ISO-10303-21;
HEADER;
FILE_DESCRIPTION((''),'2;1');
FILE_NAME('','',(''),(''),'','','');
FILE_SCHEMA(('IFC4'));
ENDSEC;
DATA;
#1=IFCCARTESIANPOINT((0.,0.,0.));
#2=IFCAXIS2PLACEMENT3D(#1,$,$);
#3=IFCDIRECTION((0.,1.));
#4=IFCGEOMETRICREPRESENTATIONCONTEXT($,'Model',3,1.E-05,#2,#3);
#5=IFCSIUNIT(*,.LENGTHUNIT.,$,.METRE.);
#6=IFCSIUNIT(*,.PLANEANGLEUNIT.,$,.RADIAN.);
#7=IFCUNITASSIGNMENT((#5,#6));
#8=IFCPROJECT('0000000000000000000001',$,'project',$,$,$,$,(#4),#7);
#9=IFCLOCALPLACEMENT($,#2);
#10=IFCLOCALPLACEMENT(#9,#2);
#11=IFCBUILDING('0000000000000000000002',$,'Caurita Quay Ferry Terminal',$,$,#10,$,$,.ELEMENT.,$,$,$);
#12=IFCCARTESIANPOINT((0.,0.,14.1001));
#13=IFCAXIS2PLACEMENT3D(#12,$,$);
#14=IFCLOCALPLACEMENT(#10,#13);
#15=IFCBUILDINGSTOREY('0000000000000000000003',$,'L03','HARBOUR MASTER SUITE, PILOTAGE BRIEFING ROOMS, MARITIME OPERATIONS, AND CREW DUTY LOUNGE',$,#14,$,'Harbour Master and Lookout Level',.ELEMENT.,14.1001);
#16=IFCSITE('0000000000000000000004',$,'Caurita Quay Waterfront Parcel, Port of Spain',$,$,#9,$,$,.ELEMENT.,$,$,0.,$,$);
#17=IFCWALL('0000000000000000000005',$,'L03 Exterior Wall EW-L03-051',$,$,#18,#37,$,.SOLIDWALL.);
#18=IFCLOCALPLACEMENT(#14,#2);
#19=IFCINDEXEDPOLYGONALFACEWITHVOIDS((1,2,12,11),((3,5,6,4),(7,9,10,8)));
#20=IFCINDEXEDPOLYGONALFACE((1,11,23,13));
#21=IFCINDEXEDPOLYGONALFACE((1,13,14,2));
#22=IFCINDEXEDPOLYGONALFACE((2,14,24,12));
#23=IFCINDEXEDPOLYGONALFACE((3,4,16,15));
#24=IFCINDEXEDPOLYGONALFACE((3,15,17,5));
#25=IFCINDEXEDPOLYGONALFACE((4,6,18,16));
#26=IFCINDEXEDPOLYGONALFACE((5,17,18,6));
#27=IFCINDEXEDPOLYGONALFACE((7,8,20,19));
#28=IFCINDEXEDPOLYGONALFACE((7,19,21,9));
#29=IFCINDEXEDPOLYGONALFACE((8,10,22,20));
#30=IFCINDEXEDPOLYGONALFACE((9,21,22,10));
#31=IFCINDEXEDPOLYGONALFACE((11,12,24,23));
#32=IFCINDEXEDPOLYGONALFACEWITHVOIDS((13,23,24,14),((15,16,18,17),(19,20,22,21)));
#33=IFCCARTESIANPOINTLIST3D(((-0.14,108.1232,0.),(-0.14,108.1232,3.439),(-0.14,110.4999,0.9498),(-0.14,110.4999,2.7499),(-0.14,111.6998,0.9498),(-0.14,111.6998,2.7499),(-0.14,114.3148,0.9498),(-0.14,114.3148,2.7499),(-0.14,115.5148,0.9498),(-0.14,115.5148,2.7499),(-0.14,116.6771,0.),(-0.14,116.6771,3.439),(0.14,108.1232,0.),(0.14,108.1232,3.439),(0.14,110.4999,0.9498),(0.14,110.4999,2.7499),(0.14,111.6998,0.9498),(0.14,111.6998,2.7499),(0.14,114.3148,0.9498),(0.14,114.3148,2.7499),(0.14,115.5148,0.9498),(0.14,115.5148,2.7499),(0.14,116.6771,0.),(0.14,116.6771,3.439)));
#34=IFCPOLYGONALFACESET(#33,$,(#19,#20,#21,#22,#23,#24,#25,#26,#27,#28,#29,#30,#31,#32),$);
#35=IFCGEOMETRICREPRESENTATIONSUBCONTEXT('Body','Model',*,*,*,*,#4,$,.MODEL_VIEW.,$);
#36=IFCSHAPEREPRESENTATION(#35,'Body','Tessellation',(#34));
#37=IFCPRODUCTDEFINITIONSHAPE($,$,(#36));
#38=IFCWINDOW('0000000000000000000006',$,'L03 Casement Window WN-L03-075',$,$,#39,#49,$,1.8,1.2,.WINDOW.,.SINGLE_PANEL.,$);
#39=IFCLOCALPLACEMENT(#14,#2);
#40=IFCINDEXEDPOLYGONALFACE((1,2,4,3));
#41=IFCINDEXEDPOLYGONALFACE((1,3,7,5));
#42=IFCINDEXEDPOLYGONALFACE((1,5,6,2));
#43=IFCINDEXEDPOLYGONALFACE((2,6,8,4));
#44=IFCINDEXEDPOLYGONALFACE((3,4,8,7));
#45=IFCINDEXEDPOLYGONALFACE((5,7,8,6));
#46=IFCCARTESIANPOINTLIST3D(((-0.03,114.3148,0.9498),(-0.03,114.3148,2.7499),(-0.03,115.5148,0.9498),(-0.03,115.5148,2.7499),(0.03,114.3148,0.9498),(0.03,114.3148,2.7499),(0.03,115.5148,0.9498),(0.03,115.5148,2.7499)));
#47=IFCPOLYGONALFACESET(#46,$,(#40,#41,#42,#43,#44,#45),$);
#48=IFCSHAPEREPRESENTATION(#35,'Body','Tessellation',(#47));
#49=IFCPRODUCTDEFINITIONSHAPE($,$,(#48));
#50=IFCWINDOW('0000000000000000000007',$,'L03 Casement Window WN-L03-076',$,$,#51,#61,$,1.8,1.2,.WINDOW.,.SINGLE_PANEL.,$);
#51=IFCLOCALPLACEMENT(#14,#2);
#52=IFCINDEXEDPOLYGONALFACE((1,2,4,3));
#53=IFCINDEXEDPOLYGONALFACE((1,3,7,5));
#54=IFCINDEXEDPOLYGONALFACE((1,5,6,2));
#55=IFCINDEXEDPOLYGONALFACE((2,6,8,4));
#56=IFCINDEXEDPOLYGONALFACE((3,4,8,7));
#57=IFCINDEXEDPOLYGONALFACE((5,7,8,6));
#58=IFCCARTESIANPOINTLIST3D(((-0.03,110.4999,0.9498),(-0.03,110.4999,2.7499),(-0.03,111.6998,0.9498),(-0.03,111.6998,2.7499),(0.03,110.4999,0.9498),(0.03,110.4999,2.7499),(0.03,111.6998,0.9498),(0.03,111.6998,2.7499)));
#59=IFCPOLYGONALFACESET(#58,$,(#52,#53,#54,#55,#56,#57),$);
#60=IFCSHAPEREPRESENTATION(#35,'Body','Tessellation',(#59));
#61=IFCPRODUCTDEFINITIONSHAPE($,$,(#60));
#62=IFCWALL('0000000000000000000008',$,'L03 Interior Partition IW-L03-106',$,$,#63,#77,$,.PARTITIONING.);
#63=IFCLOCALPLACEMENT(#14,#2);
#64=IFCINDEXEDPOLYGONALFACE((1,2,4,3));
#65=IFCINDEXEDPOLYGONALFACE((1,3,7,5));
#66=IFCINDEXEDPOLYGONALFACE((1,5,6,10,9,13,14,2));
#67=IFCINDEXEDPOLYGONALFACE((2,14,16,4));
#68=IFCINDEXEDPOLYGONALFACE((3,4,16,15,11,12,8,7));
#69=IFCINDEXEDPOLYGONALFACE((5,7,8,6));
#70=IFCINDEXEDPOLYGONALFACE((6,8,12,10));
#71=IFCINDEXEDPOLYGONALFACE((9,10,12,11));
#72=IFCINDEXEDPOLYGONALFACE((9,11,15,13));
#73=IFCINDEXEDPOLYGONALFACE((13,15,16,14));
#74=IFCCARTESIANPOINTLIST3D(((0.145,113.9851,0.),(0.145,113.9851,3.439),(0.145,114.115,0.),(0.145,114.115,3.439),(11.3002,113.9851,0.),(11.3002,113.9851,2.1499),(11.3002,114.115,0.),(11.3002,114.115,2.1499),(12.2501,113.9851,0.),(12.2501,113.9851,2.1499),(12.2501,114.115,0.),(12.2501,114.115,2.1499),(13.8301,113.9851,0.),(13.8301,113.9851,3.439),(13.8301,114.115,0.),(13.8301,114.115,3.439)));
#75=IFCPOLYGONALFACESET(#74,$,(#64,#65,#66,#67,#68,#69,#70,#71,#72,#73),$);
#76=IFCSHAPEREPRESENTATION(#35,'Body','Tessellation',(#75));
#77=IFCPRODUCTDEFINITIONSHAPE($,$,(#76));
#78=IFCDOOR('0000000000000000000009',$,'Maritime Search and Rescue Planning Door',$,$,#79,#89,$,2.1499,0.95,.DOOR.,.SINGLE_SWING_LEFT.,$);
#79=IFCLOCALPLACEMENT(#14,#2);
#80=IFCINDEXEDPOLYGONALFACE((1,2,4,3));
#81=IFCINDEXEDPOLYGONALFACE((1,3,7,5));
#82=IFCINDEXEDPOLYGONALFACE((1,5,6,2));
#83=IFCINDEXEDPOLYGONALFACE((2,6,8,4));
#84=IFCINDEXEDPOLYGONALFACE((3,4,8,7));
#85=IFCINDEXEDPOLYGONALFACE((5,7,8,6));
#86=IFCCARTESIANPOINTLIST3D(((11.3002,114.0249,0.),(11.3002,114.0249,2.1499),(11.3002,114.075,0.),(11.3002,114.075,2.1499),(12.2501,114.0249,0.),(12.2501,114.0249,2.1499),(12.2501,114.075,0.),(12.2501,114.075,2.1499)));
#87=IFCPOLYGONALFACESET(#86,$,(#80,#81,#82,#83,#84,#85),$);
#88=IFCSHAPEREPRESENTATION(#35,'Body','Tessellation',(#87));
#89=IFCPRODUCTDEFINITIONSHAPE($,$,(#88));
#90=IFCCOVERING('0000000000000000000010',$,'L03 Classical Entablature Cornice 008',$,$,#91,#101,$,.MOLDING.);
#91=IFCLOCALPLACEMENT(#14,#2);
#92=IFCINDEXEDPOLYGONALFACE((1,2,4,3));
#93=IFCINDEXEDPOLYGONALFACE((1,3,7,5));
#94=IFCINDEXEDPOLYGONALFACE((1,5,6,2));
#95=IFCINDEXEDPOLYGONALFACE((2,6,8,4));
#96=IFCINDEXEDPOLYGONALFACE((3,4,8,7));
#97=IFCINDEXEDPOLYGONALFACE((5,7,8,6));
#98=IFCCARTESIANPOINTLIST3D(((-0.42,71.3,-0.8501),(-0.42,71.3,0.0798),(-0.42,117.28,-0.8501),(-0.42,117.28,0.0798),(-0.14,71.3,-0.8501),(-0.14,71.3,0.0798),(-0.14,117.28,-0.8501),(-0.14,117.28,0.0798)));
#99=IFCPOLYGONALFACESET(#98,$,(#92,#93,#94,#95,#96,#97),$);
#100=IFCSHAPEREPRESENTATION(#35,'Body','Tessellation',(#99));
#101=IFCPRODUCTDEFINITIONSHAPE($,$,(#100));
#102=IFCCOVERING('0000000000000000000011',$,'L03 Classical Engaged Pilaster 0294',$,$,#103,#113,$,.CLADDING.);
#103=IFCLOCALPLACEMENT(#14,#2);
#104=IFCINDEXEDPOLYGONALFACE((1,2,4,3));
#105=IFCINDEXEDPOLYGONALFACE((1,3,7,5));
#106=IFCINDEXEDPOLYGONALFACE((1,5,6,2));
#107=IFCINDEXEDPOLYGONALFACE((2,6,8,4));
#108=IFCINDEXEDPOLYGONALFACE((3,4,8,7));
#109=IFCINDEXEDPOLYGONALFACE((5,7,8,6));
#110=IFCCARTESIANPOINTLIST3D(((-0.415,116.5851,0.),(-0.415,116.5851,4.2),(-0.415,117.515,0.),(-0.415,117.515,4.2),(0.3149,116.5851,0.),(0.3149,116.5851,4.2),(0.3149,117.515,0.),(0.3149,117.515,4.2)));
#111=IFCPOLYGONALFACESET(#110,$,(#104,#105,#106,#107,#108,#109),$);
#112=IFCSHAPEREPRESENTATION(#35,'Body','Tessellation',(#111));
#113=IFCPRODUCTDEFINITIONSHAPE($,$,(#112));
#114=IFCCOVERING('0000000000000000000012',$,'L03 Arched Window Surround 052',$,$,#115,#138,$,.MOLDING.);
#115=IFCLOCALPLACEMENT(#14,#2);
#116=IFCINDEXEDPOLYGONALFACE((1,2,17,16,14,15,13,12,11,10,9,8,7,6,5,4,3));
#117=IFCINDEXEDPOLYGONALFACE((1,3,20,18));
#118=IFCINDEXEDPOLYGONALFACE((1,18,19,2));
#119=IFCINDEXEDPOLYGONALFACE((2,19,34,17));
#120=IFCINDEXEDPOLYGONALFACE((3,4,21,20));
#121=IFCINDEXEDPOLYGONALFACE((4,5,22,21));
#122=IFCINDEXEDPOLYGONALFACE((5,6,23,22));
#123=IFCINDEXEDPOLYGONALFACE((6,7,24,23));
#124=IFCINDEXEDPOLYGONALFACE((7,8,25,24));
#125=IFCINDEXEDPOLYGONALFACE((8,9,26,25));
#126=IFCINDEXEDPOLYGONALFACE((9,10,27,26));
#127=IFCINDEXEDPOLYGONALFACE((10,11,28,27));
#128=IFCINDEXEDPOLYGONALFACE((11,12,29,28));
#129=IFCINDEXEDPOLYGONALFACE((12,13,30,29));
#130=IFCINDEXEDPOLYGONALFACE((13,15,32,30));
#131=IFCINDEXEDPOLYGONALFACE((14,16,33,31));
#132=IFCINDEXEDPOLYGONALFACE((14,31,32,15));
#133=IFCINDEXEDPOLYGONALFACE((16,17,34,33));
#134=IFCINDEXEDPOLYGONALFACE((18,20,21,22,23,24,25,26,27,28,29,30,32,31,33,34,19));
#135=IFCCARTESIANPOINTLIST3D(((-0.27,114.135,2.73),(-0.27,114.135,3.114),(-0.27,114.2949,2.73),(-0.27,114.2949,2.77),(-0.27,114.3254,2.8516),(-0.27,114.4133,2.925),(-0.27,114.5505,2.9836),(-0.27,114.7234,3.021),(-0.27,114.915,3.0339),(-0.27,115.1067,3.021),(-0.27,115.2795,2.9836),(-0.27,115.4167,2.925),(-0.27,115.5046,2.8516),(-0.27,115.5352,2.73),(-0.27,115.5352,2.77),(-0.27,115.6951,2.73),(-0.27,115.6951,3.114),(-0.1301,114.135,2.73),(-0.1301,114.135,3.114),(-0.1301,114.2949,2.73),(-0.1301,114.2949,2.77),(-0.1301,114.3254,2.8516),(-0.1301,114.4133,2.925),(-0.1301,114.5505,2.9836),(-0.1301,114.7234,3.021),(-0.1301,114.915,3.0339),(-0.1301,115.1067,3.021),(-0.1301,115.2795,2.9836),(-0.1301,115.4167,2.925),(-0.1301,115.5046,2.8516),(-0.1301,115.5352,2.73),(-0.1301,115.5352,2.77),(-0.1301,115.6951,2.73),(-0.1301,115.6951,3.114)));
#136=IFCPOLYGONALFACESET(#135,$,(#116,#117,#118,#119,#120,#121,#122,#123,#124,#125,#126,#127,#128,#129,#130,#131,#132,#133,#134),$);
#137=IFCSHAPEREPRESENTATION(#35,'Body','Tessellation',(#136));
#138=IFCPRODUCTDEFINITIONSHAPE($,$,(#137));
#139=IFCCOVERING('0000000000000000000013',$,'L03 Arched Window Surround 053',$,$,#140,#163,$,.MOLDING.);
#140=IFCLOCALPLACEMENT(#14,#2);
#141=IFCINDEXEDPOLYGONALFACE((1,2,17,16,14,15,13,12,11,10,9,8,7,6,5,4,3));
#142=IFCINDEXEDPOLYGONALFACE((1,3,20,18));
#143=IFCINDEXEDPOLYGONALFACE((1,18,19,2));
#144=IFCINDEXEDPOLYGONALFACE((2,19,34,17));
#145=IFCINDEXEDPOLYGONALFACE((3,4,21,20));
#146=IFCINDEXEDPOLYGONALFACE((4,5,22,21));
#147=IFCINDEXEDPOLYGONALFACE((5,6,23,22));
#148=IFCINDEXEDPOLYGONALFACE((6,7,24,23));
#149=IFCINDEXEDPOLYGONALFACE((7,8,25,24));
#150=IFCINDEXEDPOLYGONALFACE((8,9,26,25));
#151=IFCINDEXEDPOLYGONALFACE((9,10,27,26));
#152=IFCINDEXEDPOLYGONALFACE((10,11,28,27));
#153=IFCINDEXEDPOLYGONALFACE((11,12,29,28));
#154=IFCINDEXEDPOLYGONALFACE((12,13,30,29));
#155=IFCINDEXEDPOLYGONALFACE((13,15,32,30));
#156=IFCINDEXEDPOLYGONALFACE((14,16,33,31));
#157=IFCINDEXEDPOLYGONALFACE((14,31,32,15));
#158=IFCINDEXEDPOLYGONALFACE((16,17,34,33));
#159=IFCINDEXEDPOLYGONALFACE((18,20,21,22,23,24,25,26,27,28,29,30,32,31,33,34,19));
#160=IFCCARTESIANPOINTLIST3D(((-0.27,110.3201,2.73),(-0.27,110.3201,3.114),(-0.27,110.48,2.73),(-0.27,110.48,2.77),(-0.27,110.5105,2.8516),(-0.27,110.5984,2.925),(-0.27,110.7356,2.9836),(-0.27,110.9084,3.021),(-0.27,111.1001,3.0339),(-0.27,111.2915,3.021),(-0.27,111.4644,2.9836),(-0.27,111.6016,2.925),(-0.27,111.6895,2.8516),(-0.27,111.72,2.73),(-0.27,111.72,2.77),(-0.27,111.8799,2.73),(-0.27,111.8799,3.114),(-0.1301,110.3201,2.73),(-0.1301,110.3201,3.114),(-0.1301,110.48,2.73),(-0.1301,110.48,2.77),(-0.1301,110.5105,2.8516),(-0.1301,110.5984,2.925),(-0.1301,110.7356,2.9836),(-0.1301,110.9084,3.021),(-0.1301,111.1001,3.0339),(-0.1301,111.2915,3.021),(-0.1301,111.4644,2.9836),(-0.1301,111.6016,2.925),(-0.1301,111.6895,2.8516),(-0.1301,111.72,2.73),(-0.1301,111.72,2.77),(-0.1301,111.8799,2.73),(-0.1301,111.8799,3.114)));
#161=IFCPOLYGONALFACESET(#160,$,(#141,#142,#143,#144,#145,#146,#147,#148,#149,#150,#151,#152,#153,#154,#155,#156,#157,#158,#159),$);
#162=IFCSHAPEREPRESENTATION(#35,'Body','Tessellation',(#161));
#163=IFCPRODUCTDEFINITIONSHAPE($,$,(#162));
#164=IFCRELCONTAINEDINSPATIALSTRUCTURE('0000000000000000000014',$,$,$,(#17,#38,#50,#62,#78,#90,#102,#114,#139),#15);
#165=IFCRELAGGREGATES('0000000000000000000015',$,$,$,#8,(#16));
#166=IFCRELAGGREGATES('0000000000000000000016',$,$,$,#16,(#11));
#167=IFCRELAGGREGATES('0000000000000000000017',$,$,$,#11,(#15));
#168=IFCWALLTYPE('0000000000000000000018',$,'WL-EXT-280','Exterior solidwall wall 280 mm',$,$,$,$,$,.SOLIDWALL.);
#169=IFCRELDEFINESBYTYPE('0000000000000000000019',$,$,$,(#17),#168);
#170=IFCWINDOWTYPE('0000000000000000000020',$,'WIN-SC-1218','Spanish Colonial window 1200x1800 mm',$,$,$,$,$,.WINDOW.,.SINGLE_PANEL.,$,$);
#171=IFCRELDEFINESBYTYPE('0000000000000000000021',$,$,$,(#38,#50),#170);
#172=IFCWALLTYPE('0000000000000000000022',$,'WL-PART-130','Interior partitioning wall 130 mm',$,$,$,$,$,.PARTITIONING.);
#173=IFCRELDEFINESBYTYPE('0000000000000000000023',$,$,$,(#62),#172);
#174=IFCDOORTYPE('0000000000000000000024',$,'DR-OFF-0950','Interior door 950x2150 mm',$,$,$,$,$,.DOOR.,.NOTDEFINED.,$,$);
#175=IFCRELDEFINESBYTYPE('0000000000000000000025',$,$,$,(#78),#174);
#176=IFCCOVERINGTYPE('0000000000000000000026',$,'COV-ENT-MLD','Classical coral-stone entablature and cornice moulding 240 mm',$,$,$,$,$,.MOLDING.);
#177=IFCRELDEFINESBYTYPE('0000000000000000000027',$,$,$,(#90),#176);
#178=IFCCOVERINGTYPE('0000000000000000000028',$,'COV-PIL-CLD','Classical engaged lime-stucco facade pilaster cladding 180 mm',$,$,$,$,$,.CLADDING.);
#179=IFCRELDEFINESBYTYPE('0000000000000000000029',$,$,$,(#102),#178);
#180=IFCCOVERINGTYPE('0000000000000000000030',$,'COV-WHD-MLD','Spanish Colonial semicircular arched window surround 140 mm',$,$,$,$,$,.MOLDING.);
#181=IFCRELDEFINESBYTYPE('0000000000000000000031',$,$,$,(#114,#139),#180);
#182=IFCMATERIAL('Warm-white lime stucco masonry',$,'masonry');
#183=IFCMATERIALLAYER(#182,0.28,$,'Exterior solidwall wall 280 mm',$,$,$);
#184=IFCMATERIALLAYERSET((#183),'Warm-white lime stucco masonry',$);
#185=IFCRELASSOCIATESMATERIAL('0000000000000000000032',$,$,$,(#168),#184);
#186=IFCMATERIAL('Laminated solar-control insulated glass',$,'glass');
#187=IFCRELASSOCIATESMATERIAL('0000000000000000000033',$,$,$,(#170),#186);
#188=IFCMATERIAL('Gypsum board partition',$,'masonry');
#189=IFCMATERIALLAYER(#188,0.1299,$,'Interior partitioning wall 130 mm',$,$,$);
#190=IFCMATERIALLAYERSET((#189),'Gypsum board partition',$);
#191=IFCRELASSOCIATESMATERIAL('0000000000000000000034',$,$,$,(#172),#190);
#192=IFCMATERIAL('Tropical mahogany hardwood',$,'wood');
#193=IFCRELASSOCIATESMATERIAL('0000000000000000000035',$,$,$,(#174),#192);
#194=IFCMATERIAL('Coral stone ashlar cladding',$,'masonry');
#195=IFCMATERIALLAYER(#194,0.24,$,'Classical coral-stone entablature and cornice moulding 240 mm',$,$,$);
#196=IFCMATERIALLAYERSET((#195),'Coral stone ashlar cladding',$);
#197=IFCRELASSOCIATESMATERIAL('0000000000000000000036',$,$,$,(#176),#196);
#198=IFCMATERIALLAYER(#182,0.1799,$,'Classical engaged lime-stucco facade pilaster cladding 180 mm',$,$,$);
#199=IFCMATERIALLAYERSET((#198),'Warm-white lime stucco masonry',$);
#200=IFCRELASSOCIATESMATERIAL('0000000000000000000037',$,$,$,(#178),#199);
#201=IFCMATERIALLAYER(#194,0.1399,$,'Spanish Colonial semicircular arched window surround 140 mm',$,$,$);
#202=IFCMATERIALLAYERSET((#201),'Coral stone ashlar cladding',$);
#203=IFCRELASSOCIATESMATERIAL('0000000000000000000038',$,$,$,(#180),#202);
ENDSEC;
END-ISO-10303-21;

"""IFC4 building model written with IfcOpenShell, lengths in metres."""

from ifc_helpers import new_model, si_unit, direction, frame, frame_2d, origin, origin_2d, place, context, subcontext, project, spatial, polyline, rectangle, outline, extrude, material, layer, layer_set, type_object, element, fill, save


model = new_model("IFC4")

# Units and contexts
model_context = context("Model", 3, precision=1e-05, world=origin(), true_north=direction((0.0, 1.0)))
body_context = subcontext(model_context, "Body", "Model", "MODEL_VIEW")
ifc_project = project(units=[si_unit("LENGTHUNIT", "METRE"), si_unit("PLANEANGLEUNIT", "RADIAN")], contexts=[model_context])

# Site, building, storey
site_placement = place(None, origin())
site = spatial("IfcSite", under=ifc_project, at=site_placement, Name="Caurita Quay Waterfront Parcel, Port of Spain", CompositionType="ELEMENT", RefElevation=0.0)
building_placement = place(site_placement, origin())
building = spatial("IfcBuilding", under=site, at=building_placement, Name="Caurita Quay Ferry Terminal", CompositionType="ELEMENT")
storey_placement = place(building_placement, frame((0.0, 0.0, 14.1001)))
storey = spatial("IfcBuildingStorey", under=building, at=storey_placement, Name="L03", Description="HARBOUR MASTER SUITE, PILOTAGE BRIEFING ROOMS, MARITIME OPERATIONS, AND CREW DUTY LOUNGE", LongName="Harbour Master and Lookout Level", CompositionType="ELEMENT", Elevation=14.1001)

# Wall, openings, windows
ifc_material_1 = material(Name="Warm-white lime stucco masonry", Category="masonry")
ifc_layer_1 = layer(ifc_material_1, 0.28, Name="Exterior solidwall wall 280 mm")
ifc_layer_set_1 = layer_set([ifc_layer_1], Name="Warm-white lime stucco masonry")
wall_type_1 = type_object("IfcWallType", Name="WL-EXT-280", Description="Exterior solidwall wall 280 mm", PredefinedType="SOLIDWALL", material=ifc_layer_set_1)
wall_1_placement = place(storey_placement, frame((0.0, 116.677, 0.0), z_axis=(0.0, 0.0, 1.0), x_axis=(0.0, -1.0, 0.0)))
wall_1 = element("IfcWall", 1, at=wall_1_placement, inside=storey, type_object=wall_type_1, Name="L03 Exterior Wall EW-L03-051", PredefinedType="SOLIDWALL", context=body_context, shape_type="SweptSolid", body=[
    extrude(rectangle(XDim=8.554, YDim=0.28, at=frame_2d((4.2769, 0.0))), origin(), (0.0, 0.0, 1.0), 3.439),
])
opening_1_placement = place(wall_1_placement, frame((1.1621, 0.0, 0.95)))
opening_1 = element("IfcOpeningElement", 2, at=opening_1_placement, cuts=wall_1, PredefinedType="OPENING", context=body_context, shape_type="SweptSolid", body=[
    extrude(rectangle(XDim=1.2, YDim=1.8, at=frame_2d((0.6001, 0.8999))), frame((0.0, 0.1499, 0.0), z_axis=(0.0, -1.0, 0.0), x_axis=(1.0, 0.0, 0.0)), (0.0, 0.0, 1.0), 0.3),
])
opening_2_placement = place(wall_1_placement, frame((4.9771, 0.0, 0.95)))
opening_2 = element("IfcOpeningElement", 3, at=opening_2_placement, cuts=wall_1, PredefinedType="OPENING", context=body_context, shape_type="SweptSolid", body=[
    extrude(rectangle(XDim=1.2, YDim=1.8, at=frame_2d((0.6001, 0.8999))), frame((0.0, 0.1499, 0.0), z_axis=(0.0, -1.0, 0.0), x_axis=(1.0, 0.0, 0.0)), (0.0, 0.0, 1.0), 0.3),
])
ifc_material_2 = material(Name="Laminated solar-control insulated glass", Category="glass")
window_type = type_object("IfcWindowType", Name="WIN-SC-1218", Description="Spanish Colonial window 1200x1800 mm", PartitioningType="SINGLE_PANEL", PredefinedType="WINDOW", material=ifc_material_2)
window_1_placement = place(opening_1_placement, origin())
window_1 = element("IfcWindow", 4, at=window_1_placement, inside=storey, type_object=window_type, Name="L03 Casement Window WN-L03-075", OverallHeight=1.8, OverallWidth=1.2, PartitioningType="SINGLE_PANEL", PredefinedType="WINDOW", context=body_context, shape_type="SweptSolid", body=[
    extrude(rectangle(XDim=1.2, YDim=1.8, at=frame_2d((0.6001, 0.8999))), frame((0.0, 0.03, 0.0), z_axis=(0.0, -1.0, 0.0), x_axis=(1.0, 0.0, 0.0)), (0.0, 0.0, 1.0), 0.0601),
])
fill(opening_1, window_1)
window_2_placement = place(opening_2_placement, origin())
window_2 = element("IfcWindow", 5, at=window_2_placement, inside=storey, type_object=window_type, Name="L03 Casement Window WN-L03-076", OverallHeight=1.8, OverallWidth=1.2, PartitioningType="SINGLE_PANEL", PredefinedType="WINDOW", context=body_context, shape_type="SweptSolid", body=[
    extrude(rectangle(XDim=1.2, YDim=1.8, at=frame_2d((0.6001, 0.8999))), frame((0.0, 0.03, 0.0), z_axis=(0.0, -1.0, 0.0), x_axis=(1.0, 0.0, 0.0)), (0.0, 0.0, 1.0), 0.0601),
])
fill(opening_2, window_2)

# Wall, opening, door
ifc_material_3 = material(Name="Gypsum board partition", Category="masonry")
ifc_layer_2 = layer(ifc_material_3, 0.1299, Name="Interior partitioning wall 130 mm")
ifc_layer_set_2 = layer_set([ifc_layer_2], Name="Gypsum board partition")
wall_type_2 = type_object("IfcWallType", Name="WL-PART-130", Description="Interior partitioning wall 130 mm", PredefinedType="PARTITIONING", material=ifc_layer_set_2)
wall_2_placement = place(storey_placement, frame((0.145, 114.05, 0.0), z_axis=(0.0, 0.0, 1.0), x_axis=(1.0, 0.0, 0.0)))
wall_2 = element("IfcWall", 6, at=wall_2_placement, inside=storey, type_object=wall_type_2, Name="L03 Interior Partition IW-L03-106", PredefinedType="PARTITIONING", context=body_context, shape_type="SweptSolid", body=[
    extrude(rectangle(XDim=13.6851, YDim=0.1299, at=frame_2d((6.8425, 0.0))), origin(), (0.0, 0.0, 1.0), 3.439),
])
opening_3_placement = place(wall_2_placement, frame((11.155, 0.0, 0.0)))
opening_3 = element("IfcOpeningElement", 7, at=opening_3_placement, cuts=wall_2, PredefinedType="OPENING", context=body_context, shape_type="SweptSolid", body=[
    extrude(rectangle(XDim=0.95, YDim=2.1499, at=frame_2d((0.4751, 1.075))), frame((0.0, 0.075, 0.0), z_axis=(0.0, -1.0, 0.0), x_axis=(1.0, 0.0, 0.0)), (0.0, 0.0, 1.0), 0.1499),
])
ifc_material_4 = material(Name="Tropical mahogany hardwood", Category="wood")
door_type_1 = type_object("IfcDoorType", Name="DR-OFF-0950", Description="Interior door 950x2150 mm", OperationType="NOTDEFINED", PredefinedType="DOOR", material=ifc_material_4)
door_1_placement = place(opening_3_placement, origin())
door_1 = element("IfcDoor", 8, at=door_1_placement, inside=storey, type_object=door_type_1, Name="Maritime Search and Rescue Planning Door", OperationType="SINGLE_SWING_LEFT", OverallHeight=2.1499, OverallWidth=0.95, PredefinedType="DOOR", context=body_context, shape_type="SweptSolid", body=[
    extrude(rectangle(XDim=0.95, YDim=2.1499, at=frame_2d((0.4751, 1.075))), frame((0.0, 0.0249, 0.0), z_axis=(0.0, -1.0, 0.0), x_axis=(1.0, 0.0, 0.0)), (0.0, 0.0, 1.0), 0.05),
])
fill(opening_3, door_1)

# Coverings
ifc_material_5 = material(Name="Coral stone ashlar cladding", Category="masonry")
ifc_layer_3 = layer(ifc_material_5, 0.24, Name="Classical coral-stone entablature and cornice moulding 240 mm")
ifc_layer_set_3 = layer_set([ifc_layer_3], Name="Coral stone ashlar cladding")
covering_type_1 = type_object("IfcCoveringType", Name="COV-ENT-MLD", Description="Classical coral-stone entablature and cornice moulding 240 mm", PredefinedType="MOLDING", material=ifc_layer_set_3)
covering_1_placement = place(storey_placement, frame((-0.28, 117.28, -0.8501), z_axis=(0.0, 0.0, 1.0), x_axis=(0.0, -1.0, 0.0)))
element("IfcCovering", 9, at=covering_1_placement, inside=storey, type_object=covering_type_1, Name="L03 Classical Entablature Cornice 008", PredefinedType="MOLDING", context=body_context, shape_type="SweptSolid", body=[
    extrude(rectangle(XDim=45.98, YDim=0.28, at=frame_2d((22.99, 0.0))), origin(), (0.0, 0.0, 1.0), 0.9299),
])
ifc_layer_4 = layer(ifc_material_1, 0.1799, Name="Classical engaged lime-stucco facade pilaster cladding 180 mm")
ifc_layer_set_4 = layer_set([ifc_layer_4], Name="Warm-white lime stucco masonry")
covering_type_2 = type_object("IfcCoveringType", Name="COV-PIL-CLD", Description="Classical engaged lime-stucco facade pilaster cladding 180 mm", PredefinedType="CLADDING", material=ifc_layer_set_4)
covering_2_placement = place(storey_placement, frame((-0.05, 117.05, 0.0), z_axis=(0.0, 0.0, 1.0), x_axis=(1.0, 0.0, 0.0)))
element("IfcCovering", 10, at=covering_2_placement, inside=storey, type_object=covering_type_2, Name="L03 Classical Engaged Pilaster 0294", PredefinedType="CLADDING", context=body_context, shape_type="SweptSolid", body=[
    extrude(rectangle(XDim=0.73, YDim=0.9299, at=origin_2d()), origin(), (0.0, 0.0, 1.0), 4.2),
])
ifc_layer_5 = layer(ifc_material_5, 0.1399, Name="Spanish Colonial semicircular arched window surround 140 mm")
ifc_layer_set_5 = layer_set([ifc_layer_5], Name="Coral stone ashlar cladding")
covering_type_3 = type_object("IfcCoveringType", Name="COV-WHD-MLD", Description="Spanish Colonial semicircular arched window surround 140 mm", PredefinedType="MOLDING", material=ifc_layer_set_5)
covering_3_placement = place(storey_placement, frame((-0.2, 115.6951, 2.73), z_axis=(0.0, 0.0, 1.0), x_axis=(0.0, -1.0, 0.0)))
element("IfcCovering", 11, at=covering_3_placement, inside=storey, type_object=covering_type_3, Name="L03 Arched Window Surround 052", PredefinedType="MOLDING", context=body_context, shape_type="SweptSolid", body=[
    extrude(outline(polyline([(0.0, 0.0), (0.1599, 0.0), (0.1599, 0.04), (0.1904, 0.1216), (0.2783, 0.1951), (0.4155, 0.2537), (0.5884, 0.291), (0.78, 0.304), (0.9717, 0.291), (1.1445, 0.2537), (1.2817, 0.1951), (1.3696, 0.1216), (1.4001, 0.04), (1.4001, 0.0), (1.5601, 0.0), (1.5601, 0.384), (0.0, 0.384), (0.0, 0.0)])), frame((0.0, 0.0698, 0.0), z_axis=(0.0, -1.0, 0.0), x_axis=(1.0, 0.0, 0.0)), (0.0, 0.0, 1.0), 0.1399),
])
covering_4_placement = place(storey_placement, frame((-0.2, 111.8799, 2.73), z_axis=(0.0, 0.0, 1.0), x_axis=(0.0, -1.0, 0.0)))
element("IfcCovering", 12, at=covering_4_placement, inside=storey, type_object=covering_type_3, Name="L03 Arched Window Surround 053", PredefinedType="MOLDING", context=body_context, shape_type="SweptSolid", body=[
    extrude(outline(polyline([(0.0, 0.0), (0.1599, 0.0), (0.1599, 0.04), (0.1904, 0.1216), (0.2783, 0.1951), (0.4155, 0.2537), (0.5884, 0.291), (0.7798, 0.304), (0.9714, 0.291), (1.1443, 0.2537), (1.2815, 0.1951), (1.3694, 0.1216), (1.3999, 0.04), (1.3999, 0.0), (1.5598, 0.0), (1.5598, 0.384), (0.0, 0.384), (0.0, 0.0)])), frame((0.0, 0.0698, 0.0), z_axis=(0.0, -1.0, 0.0), x_axis=(1.0, 0.0, 0.0)), (0.0, 0.0, 1.0), 0.1399),
])

save(model, "model.ifc")
